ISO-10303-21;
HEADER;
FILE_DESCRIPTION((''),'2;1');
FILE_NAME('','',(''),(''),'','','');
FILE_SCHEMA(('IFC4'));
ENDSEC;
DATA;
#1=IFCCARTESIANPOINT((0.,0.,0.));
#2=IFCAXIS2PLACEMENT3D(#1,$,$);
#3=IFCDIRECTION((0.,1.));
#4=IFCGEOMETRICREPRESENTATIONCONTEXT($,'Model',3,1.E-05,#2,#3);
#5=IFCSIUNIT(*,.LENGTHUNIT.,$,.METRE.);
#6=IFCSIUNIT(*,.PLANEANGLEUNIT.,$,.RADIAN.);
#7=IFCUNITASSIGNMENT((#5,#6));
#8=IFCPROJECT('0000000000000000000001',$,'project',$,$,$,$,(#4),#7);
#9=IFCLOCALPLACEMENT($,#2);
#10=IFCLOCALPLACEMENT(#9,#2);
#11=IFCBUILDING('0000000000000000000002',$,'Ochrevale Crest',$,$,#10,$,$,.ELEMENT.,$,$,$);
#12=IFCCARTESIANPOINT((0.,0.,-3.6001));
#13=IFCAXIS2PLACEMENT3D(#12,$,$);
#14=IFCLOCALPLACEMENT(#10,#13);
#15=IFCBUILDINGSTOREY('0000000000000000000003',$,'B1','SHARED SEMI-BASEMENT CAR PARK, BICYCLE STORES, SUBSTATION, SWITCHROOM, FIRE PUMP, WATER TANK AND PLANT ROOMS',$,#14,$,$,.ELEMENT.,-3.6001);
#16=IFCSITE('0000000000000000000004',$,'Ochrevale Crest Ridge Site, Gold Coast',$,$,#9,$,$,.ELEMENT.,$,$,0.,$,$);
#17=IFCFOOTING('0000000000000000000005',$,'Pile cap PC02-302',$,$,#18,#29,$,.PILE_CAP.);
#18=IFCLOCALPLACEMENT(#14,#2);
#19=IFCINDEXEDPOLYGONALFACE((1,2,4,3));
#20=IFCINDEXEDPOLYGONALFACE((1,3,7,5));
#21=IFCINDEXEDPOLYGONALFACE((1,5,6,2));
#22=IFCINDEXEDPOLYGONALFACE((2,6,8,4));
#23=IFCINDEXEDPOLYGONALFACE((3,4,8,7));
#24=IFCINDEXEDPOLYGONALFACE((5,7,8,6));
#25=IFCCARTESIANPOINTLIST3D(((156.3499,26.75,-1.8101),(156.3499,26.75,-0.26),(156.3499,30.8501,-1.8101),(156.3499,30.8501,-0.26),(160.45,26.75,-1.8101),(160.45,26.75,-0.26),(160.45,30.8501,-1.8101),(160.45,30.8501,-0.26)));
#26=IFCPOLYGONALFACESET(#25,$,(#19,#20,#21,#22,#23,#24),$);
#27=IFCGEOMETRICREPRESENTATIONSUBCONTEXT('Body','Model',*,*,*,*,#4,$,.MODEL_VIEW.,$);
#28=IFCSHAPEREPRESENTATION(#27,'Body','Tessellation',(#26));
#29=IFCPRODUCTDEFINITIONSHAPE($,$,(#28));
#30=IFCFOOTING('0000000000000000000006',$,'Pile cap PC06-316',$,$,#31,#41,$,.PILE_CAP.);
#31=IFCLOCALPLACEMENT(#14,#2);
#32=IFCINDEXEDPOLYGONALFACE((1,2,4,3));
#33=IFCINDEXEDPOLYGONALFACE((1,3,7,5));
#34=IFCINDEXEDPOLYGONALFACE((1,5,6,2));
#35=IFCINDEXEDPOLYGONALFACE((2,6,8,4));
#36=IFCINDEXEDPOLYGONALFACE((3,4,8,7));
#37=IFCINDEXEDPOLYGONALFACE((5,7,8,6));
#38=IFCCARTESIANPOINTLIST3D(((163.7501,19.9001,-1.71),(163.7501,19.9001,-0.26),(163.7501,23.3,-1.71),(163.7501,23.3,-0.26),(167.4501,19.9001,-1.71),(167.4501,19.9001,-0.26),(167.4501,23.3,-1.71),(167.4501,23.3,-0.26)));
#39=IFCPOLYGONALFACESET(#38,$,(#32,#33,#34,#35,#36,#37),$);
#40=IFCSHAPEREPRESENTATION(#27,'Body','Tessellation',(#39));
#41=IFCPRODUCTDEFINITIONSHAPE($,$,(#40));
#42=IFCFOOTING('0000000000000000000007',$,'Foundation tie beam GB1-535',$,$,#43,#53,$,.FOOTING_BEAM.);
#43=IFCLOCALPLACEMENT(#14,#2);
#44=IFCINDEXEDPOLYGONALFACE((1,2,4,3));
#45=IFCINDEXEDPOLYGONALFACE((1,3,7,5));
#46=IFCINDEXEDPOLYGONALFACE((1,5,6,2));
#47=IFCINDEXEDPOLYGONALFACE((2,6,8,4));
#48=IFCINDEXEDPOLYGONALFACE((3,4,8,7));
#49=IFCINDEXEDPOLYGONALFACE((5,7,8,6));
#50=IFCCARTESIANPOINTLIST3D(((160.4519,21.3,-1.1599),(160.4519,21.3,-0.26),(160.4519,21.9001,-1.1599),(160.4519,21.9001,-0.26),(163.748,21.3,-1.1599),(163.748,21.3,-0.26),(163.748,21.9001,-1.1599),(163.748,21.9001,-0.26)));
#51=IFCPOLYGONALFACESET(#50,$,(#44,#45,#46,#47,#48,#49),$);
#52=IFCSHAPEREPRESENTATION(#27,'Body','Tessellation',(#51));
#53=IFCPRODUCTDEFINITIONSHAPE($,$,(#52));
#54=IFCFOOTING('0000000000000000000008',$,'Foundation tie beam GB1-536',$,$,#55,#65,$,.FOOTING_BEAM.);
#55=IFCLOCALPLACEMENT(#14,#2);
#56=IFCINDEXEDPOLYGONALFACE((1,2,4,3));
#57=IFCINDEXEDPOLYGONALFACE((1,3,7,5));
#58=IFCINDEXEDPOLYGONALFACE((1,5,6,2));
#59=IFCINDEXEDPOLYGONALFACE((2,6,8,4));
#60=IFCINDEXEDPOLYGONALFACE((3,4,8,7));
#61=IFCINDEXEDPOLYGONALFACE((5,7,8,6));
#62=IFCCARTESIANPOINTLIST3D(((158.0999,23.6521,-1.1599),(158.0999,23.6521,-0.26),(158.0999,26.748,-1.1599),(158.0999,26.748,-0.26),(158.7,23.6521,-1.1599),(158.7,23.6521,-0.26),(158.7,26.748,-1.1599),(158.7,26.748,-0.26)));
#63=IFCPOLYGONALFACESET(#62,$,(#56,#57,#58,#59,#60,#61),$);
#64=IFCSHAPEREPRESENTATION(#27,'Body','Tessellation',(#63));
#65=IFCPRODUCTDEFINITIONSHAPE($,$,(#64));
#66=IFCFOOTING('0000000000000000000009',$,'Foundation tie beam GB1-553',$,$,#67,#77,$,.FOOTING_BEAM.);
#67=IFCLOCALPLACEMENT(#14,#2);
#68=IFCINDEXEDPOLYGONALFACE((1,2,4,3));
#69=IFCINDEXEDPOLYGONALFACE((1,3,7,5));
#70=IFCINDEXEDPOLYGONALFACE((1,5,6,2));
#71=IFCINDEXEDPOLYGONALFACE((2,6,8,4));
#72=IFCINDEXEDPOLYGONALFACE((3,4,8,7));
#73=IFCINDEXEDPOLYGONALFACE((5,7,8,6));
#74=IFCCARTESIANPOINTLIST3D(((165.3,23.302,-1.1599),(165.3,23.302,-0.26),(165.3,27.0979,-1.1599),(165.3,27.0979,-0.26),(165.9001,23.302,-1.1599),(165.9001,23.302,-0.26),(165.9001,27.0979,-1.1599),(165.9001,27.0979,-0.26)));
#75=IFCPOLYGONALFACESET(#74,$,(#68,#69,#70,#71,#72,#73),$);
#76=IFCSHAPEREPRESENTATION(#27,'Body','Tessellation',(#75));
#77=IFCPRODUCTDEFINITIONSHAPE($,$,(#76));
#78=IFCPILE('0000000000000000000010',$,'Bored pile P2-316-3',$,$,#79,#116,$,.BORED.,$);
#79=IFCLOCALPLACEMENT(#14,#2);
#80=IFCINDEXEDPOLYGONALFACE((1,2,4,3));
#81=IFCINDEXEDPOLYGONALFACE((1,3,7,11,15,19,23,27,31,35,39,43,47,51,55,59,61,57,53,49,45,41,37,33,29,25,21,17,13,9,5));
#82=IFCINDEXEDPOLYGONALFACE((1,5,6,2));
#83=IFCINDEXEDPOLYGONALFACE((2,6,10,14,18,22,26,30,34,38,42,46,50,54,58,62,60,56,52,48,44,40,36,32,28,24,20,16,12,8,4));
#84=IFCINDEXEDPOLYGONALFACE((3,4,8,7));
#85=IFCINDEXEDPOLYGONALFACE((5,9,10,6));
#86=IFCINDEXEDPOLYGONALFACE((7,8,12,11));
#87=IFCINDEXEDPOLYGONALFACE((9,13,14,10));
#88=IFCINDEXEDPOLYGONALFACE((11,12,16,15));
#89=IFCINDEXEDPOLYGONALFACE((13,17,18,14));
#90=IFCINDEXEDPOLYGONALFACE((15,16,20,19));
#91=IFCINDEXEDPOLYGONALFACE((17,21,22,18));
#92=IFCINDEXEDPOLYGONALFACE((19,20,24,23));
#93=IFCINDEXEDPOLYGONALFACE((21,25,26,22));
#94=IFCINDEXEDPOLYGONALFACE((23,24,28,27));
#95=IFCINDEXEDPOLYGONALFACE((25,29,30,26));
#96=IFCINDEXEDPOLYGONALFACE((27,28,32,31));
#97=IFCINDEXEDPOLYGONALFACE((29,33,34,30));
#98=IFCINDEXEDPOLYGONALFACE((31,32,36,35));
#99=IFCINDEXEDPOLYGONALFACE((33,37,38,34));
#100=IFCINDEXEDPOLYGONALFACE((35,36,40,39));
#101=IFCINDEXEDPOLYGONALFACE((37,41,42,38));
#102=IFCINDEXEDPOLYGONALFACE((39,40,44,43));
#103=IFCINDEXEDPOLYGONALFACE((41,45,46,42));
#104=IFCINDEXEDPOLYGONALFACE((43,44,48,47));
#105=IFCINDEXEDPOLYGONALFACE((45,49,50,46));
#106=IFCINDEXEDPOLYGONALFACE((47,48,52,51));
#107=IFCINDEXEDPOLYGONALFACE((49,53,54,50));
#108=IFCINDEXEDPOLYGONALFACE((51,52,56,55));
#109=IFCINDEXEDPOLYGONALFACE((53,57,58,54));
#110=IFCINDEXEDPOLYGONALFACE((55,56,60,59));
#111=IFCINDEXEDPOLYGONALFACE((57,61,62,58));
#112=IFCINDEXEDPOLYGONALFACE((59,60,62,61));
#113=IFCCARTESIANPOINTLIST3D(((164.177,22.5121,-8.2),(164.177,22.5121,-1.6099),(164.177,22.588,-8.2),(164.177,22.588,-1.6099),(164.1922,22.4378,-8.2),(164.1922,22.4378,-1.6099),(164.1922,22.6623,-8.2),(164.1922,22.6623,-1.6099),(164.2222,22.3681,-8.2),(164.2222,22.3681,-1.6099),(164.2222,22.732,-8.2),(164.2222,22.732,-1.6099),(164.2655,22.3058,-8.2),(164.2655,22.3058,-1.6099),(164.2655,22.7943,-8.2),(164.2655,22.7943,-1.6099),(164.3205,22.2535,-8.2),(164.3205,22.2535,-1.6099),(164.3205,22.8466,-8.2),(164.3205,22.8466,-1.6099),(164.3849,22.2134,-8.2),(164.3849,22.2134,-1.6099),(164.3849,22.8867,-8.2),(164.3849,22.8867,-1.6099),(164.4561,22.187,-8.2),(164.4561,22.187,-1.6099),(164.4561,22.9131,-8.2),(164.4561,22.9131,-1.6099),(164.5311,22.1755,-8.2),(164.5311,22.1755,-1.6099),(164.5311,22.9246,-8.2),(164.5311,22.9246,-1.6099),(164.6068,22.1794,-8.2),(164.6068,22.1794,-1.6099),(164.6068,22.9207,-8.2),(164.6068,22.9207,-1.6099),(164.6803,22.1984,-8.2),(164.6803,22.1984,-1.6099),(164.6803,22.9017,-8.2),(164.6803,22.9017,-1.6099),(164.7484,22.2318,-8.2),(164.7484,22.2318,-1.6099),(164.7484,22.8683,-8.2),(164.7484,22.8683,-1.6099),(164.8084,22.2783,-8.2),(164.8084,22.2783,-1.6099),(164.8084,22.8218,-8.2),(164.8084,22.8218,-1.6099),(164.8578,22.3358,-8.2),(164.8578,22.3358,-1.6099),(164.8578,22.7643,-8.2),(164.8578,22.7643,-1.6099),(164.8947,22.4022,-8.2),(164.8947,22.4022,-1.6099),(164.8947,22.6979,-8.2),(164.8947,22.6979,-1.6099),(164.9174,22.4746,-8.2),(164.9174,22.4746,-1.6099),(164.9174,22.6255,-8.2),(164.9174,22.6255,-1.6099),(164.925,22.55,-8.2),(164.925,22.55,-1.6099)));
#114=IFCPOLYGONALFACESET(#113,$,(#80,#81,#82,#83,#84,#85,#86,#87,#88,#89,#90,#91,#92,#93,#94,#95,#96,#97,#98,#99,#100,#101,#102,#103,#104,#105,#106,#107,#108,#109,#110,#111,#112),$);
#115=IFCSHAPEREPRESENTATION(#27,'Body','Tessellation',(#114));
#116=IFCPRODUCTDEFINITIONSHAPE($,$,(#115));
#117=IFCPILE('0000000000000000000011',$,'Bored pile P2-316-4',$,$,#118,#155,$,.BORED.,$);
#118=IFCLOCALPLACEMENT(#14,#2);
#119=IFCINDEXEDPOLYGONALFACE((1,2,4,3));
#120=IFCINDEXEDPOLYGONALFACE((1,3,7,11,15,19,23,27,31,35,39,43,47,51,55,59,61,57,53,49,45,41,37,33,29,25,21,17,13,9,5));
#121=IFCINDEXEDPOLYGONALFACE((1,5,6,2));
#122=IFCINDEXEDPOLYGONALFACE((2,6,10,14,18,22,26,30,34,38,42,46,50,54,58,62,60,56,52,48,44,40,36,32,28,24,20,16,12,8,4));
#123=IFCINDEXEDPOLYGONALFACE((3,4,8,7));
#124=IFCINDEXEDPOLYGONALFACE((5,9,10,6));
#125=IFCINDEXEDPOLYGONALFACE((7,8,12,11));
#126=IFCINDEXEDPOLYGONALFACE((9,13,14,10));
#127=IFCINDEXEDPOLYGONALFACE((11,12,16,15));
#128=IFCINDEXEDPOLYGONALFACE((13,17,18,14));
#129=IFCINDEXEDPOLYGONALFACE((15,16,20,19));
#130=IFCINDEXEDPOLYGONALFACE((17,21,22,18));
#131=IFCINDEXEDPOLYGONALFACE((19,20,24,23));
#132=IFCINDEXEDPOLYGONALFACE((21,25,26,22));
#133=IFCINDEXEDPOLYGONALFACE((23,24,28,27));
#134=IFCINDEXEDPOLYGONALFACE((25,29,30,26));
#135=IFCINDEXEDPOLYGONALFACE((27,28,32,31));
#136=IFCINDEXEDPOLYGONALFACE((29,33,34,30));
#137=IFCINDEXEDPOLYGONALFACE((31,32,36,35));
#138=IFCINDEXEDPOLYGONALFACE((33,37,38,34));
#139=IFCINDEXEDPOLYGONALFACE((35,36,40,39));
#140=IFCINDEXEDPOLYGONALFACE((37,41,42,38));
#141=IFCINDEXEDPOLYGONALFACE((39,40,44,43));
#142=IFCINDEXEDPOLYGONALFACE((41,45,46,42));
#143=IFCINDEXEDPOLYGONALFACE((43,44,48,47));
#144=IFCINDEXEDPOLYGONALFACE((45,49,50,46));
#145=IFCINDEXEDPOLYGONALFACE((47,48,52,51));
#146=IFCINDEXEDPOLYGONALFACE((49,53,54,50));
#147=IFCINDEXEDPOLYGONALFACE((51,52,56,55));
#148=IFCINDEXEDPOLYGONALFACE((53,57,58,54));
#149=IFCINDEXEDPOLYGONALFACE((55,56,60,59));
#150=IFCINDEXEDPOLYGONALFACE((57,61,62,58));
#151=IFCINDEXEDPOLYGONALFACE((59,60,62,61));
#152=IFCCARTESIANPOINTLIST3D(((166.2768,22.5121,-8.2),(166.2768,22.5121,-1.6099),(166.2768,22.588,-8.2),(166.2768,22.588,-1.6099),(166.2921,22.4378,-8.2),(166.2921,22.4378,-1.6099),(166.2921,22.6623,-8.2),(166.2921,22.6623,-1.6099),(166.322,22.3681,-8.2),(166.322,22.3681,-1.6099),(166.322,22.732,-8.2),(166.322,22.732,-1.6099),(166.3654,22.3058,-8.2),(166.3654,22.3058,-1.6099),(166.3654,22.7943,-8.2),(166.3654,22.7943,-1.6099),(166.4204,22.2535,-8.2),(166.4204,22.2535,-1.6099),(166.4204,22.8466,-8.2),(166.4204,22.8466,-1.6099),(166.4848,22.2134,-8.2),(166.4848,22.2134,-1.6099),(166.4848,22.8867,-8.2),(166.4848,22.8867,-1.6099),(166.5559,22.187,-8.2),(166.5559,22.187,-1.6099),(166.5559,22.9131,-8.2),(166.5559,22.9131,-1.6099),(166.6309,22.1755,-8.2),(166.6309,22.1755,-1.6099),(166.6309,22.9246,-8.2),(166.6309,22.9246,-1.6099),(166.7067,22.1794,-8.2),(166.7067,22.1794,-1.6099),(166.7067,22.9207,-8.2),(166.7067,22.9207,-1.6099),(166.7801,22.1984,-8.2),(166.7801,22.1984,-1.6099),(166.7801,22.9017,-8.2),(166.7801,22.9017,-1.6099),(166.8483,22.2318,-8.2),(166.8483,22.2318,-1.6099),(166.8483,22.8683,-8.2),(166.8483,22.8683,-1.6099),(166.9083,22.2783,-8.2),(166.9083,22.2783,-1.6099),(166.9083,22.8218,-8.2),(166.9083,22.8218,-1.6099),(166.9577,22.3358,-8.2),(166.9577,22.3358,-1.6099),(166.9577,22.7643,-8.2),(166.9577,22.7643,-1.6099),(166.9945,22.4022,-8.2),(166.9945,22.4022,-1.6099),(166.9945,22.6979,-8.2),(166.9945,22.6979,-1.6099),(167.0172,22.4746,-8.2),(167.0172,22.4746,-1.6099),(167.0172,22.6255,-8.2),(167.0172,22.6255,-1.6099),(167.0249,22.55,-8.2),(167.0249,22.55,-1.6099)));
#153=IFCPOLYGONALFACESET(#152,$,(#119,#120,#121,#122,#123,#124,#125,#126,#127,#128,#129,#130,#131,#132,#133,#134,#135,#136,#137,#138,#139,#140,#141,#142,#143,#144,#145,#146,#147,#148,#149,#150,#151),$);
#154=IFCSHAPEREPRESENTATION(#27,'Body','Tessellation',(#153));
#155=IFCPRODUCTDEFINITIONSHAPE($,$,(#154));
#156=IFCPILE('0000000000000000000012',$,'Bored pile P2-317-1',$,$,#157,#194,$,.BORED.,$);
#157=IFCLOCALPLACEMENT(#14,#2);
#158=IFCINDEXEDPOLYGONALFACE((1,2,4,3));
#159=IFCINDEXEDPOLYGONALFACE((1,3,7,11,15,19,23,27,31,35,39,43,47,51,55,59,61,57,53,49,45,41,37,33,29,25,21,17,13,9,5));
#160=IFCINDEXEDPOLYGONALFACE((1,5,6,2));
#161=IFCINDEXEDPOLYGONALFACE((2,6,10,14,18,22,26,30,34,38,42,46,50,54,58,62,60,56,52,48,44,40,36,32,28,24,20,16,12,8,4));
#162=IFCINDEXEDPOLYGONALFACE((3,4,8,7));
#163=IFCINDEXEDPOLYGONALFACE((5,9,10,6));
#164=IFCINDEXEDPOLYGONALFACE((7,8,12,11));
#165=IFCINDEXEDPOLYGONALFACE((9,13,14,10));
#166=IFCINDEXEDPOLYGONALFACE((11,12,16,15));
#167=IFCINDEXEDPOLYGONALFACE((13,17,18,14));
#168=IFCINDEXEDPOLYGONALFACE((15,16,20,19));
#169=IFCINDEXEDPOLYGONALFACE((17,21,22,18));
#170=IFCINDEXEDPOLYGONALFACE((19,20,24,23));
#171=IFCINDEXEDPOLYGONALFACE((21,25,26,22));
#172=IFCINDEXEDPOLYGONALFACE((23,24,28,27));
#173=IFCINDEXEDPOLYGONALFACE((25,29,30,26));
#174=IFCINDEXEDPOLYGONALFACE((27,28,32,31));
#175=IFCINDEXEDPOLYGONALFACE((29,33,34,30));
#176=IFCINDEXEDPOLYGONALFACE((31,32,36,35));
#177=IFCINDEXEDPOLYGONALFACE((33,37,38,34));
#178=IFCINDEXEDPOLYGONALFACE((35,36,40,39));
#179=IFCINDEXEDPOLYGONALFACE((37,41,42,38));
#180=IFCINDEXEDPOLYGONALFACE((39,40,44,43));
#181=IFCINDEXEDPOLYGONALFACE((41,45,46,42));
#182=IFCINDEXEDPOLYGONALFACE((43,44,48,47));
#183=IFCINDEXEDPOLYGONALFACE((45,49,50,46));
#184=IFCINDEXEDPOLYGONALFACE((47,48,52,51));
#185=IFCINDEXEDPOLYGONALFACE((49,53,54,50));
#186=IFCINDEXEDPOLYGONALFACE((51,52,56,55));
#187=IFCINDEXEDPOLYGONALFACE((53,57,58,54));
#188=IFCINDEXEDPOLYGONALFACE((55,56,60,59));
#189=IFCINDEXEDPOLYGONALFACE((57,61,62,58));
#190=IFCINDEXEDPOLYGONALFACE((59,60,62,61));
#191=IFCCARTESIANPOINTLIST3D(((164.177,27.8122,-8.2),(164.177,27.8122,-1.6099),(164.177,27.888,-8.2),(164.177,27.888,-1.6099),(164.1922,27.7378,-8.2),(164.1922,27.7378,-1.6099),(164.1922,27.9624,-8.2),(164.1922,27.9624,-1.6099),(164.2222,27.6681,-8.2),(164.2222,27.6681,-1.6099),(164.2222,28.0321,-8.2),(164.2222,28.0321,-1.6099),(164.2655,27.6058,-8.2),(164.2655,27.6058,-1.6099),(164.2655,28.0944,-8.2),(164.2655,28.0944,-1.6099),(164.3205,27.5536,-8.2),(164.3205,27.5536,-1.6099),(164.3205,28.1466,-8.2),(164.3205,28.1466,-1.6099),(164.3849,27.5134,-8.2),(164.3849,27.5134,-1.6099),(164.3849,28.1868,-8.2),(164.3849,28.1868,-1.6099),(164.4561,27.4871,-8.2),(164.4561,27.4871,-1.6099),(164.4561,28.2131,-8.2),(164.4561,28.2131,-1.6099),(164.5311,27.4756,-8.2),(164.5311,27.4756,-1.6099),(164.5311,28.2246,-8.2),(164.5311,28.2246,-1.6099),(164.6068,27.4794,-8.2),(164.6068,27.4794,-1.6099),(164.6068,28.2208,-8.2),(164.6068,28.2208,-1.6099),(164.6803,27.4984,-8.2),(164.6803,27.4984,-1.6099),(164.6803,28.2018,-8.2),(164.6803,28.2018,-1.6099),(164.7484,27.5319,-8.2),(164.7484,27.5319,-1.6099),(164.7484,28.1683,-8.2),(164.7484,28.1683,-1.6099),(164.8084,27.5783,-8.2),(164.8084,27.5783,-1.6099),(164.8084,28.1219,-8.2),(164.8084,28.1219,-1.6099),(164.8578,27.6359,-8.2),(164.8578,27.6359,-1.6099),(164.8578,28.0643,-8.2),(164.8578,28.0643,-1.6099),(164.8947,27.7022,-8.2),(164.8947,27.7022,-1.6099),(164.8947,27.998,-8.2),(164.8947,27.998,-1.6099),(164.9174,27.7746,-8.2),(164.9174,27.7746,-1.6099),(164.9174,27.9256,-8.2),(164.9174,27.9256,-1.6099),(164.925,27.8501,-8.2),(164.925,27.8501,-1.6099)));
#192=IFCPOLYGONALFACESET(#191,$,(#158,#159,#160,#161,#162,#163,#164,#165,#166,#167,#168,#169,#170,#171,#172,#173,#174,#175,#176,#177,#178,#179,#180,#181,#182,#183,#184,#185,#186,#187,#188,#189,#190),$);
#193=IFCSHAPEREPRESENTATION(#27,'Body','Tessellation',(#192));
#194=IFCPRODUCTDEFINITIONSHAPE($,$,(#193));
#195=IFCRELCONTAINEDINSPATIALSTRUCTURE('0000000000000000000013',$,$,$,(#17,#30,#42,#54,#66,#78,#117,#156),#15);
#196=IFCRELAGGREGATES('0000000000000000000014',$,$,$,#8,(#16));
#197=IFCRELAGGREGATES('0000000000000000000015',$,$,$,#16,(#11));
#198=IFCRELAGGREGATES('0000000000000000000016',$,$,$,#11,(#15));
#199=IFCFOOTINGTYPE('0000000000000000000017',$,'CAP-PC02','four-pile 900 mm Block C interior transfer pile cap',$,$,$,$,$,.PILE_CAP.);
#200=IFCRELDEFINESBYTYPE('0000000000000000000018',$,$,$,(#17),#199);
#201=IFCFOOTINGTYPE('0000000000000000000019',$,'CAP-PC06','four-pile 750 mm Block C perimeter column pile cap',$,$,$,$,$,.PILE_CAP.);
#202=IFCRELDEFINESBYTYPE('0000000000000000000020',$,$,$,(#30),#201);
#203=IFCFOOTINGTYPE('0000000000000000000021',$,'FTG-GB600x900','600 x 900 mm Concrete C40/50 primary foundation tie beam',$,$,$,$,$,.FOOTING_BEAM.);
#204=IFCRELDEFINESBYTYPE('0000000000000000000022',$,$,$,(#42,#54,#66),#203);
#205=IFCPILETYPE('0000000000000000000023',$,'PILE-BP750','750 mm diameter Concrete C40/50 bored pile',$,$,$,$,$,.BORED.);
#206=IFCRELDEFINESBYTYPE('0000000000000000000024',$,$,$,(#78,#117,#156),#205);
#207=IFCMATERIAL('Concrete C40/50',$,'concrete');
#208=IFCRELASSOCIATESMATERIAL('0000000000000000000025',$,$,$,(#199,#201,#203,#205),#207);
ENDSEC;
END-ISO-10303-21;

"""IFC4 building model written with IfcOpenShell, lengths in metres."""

from ifc_helpers import new_model, si_unit, direction, frame, origin, origin_2d, place, context, subcontext, project, spatial, rectangle, circle, extrude, material, material_profile, profile_set, type_object, element, save


model = new_model("IFC4")

# Units and contexts
model_context = context("Model", 3, precision=1e-05, world=origin(), true_north=direction((0.0, 1.0)))
body_context = subcontext(model_context, "Body", "Model", "MODEL_VIEW")
ifc_project = project(units=[si_unit("LENGTHUNIT", "METRE"), si_unit("PLANEANGLEUNIT", "RADIAN")], contexts=[model_context])

# Site, building, storey
site_placement = place(None, origin())
site = spatial("IfcSite", under=ifc_project, at=site_placement, Name="Ochrevale Crest Ridge Site, Gold Coast", CompositionType="ELEMENT", RefElevation=0.0)
building_placement = place(site_placement, origin())
building = spatial("IfcBuilding", under=site, at=building_placement, Name="Ochrevale Crest", CompositionType="ELEMENT")
storey_placement = place(building_placement, frame((0.0, 0.0, -3.6001)))
storey = spatial("IfcBuildingStorey", under=building, at=storey_placement, Name="B1", Description="SHARED SEMI-BASEMENT CAR PARK, BICYCLE STORES, SUBSTATION, SWITCHROOM, FIRE PUMP, WATER TANK AND PLANT ROOMS", CompositionType="ELEMENT", Elevation=-3.6001)

# Footings
ifc_material_1 = material(Name="Concrete C40/50", Category="concrete")
footing_type_1 = type_object("IfcFootingType", Name="CAP-PC02", Description="four-pile 900 mm Block C interior transfer pile cap", PredefinedType="PILE_CAP", material=ifc_material_1)
footing_1_placement = place(storey_placement, frame((158.3999, 28.8, -1.8101), z_axis=(0.0, 0.0, 1.0), x_axis=(1.0, 0.0, 0.0)))
element("IfcFooting", 1, at=footing_1_placement, inside=storey, type_object=footing_type_1, Name="Pile cap PC02-302", PredefinedType="PILE_CAP", context=body_context, shape_type="SweptSolid", body=[
    extrude(rectangle(XDim=4.1001, YDim=4.1001, at=origin_2d()), origin(), (0.0, 0.0, 1.0), 1.55),
])
footing_type_2 = type_object("IfcFootingType", Name="CAP-PC06", Description="four-pile 750 mm Block C perimeter column pile cap", PredefinedType="PILE_CAP", material=ifc_material_1)
footing_2_placement = place(storey_placement, frame((165.6001, 21.6001, -1.71), z_axis=(0.0, 0.0, 1.0), x_axis=(1.0, 0.0, 0.0)))
element("IfcFooting", 2, at=footing_2_placement, inside=storey, type_object=footing_type_2, Name="Pile cap PC06-316", PredefinedType="PILE_CAP", context=body_context, shape_type="SweptSolid", body=[
    extrude(rectangle(XDim=3.7, YDim=3.3999, at=origin_2d()), origin(), (0.0, 0.0, 1.0), 1.45),
])
ifc_material_profile_1 = material_profile(ifc_material_1, rectangle(XDim=0.6001, YDim=0.8999, at=origin_2d()), Name="GB 600x900")
ifc_profile_set_1 = profile_set([ifc_material_profile_1], Name="Concrete C40/50")
footing_type_3 = type_object("IfcFootingType", Name="FTG-GB600x900", Description="600 x 900 mm Concrete C40/50 primary foundation tie beam", PredefinedType="FOOTING_BEAM", material=ifc_profile_set_1)
footing_3_placement = place(storey_placement, frame((160.4519, 21.6001, -0.71), z_axis=(1.0, 0.0, 0.0), x_axis=(0.0, 1.0, 0.0)))
element("IfcFooting", 3, at=footing_3_placement, inside=storey, type_object=footing_type_3, Name="Foundation tie beam GB1-535", PredefinedType="FOOTING_BEAM", context=body_context, shape_type="SweptSolid", body=[
    extrude(rectangle(XDim=0.6001, YDim=0.8999, at=origin_2d()), origin(), (0.0, 0.0, 1.0), 3.2961),
])
footing_4_placement = place(storey_placement, frame((158.3999, 23.6521, -0.71), z_axis=(0.0, 1.0, 0.0), x_axis=(-1.0, 0.0, 0.0)))
element("IfcFooting", 4, at=footing_4_placement, inside=storey, type_object=footing_type_3, Name="Foundation tie beam GB1-536", PredefinedType="FOOTING_BEAM", context=body_context, shape_type="SweptSolid", body=[
    extrude(rectangle(XDim=0.6001, YDim=0.8999, at=origin_2d()), origin(), (0.0, 0.0, 1.0), 3.0959),
])
footing_5_placement = place(storey_placement, frame((165.6001, 23.302, -0.71), z_axis=(0.0, 1.0, 0.0), x_axis=(-1.0, 0.0, 0.0)))
element("IfcFooting", 5, at=footing_5_placement, inside=storey, type_object=footing_type_3, Name="Foundation tie beam GB1-553", PredefinedType="FOOTING_BEAM", context=body_context, shape_type="SweptSolid", body=[
    extrude(rectangle(XDim=0.6001, YDim=0.8999, at=origin_2d()), origin(), (0.0, 0.0, 1.0), 3.7959),
])

# Piles
ifc_material_profile_2 = material_profile(ifc_material_1, circle(Radius=0.375, at=origin_2d()), Name="BORED PILE 750")
ifc_profile_set_2 = profile_set([ifc_material_profile_2], Name="Concrete C40/50")
pile_type_1 = type_object("IfcPileType", Name="PILE-BP750", Description="750 mm diameter Concrete C40/50 bored pile", PredefinedType="BORED", material=ifc_profile_set_2)
for number, where, z_axis, x_axis, name in (
    (6, (164.55, 22.55, -1.6099), (0.0, 0.0, -1.0), (1.0, 0.0, 0.0), "Bored pile P2-316-3"),
    (7, (166.6499, 22.55, -1.6099), (0.0, 0.0, -1.0), (1.0, 0.0, 0.0), "Bored pile P2-316-4"),
    (8, (164.55, 27.8501, -1.6099), (0.0, 0.0, -1.0), (1.0, 0.0, 0.0), "Bored pile P2-317-1"),
):
    element("IfcPile", number, at=place(storey_placement, frame(where, z_axis=z_axis, x_axis=x_axis)), inside=storey, type_object=pile_type_1, Name=name, PredefinedType="BORED", context=body_context, shape_type="SweptSolid", body=[
        extrude(circle(Radius=0.375, at=origin_2d()), origin(), (0.0, 0.0, 1.0), 6.5901),
    ])

save(model, "model.ifc")
